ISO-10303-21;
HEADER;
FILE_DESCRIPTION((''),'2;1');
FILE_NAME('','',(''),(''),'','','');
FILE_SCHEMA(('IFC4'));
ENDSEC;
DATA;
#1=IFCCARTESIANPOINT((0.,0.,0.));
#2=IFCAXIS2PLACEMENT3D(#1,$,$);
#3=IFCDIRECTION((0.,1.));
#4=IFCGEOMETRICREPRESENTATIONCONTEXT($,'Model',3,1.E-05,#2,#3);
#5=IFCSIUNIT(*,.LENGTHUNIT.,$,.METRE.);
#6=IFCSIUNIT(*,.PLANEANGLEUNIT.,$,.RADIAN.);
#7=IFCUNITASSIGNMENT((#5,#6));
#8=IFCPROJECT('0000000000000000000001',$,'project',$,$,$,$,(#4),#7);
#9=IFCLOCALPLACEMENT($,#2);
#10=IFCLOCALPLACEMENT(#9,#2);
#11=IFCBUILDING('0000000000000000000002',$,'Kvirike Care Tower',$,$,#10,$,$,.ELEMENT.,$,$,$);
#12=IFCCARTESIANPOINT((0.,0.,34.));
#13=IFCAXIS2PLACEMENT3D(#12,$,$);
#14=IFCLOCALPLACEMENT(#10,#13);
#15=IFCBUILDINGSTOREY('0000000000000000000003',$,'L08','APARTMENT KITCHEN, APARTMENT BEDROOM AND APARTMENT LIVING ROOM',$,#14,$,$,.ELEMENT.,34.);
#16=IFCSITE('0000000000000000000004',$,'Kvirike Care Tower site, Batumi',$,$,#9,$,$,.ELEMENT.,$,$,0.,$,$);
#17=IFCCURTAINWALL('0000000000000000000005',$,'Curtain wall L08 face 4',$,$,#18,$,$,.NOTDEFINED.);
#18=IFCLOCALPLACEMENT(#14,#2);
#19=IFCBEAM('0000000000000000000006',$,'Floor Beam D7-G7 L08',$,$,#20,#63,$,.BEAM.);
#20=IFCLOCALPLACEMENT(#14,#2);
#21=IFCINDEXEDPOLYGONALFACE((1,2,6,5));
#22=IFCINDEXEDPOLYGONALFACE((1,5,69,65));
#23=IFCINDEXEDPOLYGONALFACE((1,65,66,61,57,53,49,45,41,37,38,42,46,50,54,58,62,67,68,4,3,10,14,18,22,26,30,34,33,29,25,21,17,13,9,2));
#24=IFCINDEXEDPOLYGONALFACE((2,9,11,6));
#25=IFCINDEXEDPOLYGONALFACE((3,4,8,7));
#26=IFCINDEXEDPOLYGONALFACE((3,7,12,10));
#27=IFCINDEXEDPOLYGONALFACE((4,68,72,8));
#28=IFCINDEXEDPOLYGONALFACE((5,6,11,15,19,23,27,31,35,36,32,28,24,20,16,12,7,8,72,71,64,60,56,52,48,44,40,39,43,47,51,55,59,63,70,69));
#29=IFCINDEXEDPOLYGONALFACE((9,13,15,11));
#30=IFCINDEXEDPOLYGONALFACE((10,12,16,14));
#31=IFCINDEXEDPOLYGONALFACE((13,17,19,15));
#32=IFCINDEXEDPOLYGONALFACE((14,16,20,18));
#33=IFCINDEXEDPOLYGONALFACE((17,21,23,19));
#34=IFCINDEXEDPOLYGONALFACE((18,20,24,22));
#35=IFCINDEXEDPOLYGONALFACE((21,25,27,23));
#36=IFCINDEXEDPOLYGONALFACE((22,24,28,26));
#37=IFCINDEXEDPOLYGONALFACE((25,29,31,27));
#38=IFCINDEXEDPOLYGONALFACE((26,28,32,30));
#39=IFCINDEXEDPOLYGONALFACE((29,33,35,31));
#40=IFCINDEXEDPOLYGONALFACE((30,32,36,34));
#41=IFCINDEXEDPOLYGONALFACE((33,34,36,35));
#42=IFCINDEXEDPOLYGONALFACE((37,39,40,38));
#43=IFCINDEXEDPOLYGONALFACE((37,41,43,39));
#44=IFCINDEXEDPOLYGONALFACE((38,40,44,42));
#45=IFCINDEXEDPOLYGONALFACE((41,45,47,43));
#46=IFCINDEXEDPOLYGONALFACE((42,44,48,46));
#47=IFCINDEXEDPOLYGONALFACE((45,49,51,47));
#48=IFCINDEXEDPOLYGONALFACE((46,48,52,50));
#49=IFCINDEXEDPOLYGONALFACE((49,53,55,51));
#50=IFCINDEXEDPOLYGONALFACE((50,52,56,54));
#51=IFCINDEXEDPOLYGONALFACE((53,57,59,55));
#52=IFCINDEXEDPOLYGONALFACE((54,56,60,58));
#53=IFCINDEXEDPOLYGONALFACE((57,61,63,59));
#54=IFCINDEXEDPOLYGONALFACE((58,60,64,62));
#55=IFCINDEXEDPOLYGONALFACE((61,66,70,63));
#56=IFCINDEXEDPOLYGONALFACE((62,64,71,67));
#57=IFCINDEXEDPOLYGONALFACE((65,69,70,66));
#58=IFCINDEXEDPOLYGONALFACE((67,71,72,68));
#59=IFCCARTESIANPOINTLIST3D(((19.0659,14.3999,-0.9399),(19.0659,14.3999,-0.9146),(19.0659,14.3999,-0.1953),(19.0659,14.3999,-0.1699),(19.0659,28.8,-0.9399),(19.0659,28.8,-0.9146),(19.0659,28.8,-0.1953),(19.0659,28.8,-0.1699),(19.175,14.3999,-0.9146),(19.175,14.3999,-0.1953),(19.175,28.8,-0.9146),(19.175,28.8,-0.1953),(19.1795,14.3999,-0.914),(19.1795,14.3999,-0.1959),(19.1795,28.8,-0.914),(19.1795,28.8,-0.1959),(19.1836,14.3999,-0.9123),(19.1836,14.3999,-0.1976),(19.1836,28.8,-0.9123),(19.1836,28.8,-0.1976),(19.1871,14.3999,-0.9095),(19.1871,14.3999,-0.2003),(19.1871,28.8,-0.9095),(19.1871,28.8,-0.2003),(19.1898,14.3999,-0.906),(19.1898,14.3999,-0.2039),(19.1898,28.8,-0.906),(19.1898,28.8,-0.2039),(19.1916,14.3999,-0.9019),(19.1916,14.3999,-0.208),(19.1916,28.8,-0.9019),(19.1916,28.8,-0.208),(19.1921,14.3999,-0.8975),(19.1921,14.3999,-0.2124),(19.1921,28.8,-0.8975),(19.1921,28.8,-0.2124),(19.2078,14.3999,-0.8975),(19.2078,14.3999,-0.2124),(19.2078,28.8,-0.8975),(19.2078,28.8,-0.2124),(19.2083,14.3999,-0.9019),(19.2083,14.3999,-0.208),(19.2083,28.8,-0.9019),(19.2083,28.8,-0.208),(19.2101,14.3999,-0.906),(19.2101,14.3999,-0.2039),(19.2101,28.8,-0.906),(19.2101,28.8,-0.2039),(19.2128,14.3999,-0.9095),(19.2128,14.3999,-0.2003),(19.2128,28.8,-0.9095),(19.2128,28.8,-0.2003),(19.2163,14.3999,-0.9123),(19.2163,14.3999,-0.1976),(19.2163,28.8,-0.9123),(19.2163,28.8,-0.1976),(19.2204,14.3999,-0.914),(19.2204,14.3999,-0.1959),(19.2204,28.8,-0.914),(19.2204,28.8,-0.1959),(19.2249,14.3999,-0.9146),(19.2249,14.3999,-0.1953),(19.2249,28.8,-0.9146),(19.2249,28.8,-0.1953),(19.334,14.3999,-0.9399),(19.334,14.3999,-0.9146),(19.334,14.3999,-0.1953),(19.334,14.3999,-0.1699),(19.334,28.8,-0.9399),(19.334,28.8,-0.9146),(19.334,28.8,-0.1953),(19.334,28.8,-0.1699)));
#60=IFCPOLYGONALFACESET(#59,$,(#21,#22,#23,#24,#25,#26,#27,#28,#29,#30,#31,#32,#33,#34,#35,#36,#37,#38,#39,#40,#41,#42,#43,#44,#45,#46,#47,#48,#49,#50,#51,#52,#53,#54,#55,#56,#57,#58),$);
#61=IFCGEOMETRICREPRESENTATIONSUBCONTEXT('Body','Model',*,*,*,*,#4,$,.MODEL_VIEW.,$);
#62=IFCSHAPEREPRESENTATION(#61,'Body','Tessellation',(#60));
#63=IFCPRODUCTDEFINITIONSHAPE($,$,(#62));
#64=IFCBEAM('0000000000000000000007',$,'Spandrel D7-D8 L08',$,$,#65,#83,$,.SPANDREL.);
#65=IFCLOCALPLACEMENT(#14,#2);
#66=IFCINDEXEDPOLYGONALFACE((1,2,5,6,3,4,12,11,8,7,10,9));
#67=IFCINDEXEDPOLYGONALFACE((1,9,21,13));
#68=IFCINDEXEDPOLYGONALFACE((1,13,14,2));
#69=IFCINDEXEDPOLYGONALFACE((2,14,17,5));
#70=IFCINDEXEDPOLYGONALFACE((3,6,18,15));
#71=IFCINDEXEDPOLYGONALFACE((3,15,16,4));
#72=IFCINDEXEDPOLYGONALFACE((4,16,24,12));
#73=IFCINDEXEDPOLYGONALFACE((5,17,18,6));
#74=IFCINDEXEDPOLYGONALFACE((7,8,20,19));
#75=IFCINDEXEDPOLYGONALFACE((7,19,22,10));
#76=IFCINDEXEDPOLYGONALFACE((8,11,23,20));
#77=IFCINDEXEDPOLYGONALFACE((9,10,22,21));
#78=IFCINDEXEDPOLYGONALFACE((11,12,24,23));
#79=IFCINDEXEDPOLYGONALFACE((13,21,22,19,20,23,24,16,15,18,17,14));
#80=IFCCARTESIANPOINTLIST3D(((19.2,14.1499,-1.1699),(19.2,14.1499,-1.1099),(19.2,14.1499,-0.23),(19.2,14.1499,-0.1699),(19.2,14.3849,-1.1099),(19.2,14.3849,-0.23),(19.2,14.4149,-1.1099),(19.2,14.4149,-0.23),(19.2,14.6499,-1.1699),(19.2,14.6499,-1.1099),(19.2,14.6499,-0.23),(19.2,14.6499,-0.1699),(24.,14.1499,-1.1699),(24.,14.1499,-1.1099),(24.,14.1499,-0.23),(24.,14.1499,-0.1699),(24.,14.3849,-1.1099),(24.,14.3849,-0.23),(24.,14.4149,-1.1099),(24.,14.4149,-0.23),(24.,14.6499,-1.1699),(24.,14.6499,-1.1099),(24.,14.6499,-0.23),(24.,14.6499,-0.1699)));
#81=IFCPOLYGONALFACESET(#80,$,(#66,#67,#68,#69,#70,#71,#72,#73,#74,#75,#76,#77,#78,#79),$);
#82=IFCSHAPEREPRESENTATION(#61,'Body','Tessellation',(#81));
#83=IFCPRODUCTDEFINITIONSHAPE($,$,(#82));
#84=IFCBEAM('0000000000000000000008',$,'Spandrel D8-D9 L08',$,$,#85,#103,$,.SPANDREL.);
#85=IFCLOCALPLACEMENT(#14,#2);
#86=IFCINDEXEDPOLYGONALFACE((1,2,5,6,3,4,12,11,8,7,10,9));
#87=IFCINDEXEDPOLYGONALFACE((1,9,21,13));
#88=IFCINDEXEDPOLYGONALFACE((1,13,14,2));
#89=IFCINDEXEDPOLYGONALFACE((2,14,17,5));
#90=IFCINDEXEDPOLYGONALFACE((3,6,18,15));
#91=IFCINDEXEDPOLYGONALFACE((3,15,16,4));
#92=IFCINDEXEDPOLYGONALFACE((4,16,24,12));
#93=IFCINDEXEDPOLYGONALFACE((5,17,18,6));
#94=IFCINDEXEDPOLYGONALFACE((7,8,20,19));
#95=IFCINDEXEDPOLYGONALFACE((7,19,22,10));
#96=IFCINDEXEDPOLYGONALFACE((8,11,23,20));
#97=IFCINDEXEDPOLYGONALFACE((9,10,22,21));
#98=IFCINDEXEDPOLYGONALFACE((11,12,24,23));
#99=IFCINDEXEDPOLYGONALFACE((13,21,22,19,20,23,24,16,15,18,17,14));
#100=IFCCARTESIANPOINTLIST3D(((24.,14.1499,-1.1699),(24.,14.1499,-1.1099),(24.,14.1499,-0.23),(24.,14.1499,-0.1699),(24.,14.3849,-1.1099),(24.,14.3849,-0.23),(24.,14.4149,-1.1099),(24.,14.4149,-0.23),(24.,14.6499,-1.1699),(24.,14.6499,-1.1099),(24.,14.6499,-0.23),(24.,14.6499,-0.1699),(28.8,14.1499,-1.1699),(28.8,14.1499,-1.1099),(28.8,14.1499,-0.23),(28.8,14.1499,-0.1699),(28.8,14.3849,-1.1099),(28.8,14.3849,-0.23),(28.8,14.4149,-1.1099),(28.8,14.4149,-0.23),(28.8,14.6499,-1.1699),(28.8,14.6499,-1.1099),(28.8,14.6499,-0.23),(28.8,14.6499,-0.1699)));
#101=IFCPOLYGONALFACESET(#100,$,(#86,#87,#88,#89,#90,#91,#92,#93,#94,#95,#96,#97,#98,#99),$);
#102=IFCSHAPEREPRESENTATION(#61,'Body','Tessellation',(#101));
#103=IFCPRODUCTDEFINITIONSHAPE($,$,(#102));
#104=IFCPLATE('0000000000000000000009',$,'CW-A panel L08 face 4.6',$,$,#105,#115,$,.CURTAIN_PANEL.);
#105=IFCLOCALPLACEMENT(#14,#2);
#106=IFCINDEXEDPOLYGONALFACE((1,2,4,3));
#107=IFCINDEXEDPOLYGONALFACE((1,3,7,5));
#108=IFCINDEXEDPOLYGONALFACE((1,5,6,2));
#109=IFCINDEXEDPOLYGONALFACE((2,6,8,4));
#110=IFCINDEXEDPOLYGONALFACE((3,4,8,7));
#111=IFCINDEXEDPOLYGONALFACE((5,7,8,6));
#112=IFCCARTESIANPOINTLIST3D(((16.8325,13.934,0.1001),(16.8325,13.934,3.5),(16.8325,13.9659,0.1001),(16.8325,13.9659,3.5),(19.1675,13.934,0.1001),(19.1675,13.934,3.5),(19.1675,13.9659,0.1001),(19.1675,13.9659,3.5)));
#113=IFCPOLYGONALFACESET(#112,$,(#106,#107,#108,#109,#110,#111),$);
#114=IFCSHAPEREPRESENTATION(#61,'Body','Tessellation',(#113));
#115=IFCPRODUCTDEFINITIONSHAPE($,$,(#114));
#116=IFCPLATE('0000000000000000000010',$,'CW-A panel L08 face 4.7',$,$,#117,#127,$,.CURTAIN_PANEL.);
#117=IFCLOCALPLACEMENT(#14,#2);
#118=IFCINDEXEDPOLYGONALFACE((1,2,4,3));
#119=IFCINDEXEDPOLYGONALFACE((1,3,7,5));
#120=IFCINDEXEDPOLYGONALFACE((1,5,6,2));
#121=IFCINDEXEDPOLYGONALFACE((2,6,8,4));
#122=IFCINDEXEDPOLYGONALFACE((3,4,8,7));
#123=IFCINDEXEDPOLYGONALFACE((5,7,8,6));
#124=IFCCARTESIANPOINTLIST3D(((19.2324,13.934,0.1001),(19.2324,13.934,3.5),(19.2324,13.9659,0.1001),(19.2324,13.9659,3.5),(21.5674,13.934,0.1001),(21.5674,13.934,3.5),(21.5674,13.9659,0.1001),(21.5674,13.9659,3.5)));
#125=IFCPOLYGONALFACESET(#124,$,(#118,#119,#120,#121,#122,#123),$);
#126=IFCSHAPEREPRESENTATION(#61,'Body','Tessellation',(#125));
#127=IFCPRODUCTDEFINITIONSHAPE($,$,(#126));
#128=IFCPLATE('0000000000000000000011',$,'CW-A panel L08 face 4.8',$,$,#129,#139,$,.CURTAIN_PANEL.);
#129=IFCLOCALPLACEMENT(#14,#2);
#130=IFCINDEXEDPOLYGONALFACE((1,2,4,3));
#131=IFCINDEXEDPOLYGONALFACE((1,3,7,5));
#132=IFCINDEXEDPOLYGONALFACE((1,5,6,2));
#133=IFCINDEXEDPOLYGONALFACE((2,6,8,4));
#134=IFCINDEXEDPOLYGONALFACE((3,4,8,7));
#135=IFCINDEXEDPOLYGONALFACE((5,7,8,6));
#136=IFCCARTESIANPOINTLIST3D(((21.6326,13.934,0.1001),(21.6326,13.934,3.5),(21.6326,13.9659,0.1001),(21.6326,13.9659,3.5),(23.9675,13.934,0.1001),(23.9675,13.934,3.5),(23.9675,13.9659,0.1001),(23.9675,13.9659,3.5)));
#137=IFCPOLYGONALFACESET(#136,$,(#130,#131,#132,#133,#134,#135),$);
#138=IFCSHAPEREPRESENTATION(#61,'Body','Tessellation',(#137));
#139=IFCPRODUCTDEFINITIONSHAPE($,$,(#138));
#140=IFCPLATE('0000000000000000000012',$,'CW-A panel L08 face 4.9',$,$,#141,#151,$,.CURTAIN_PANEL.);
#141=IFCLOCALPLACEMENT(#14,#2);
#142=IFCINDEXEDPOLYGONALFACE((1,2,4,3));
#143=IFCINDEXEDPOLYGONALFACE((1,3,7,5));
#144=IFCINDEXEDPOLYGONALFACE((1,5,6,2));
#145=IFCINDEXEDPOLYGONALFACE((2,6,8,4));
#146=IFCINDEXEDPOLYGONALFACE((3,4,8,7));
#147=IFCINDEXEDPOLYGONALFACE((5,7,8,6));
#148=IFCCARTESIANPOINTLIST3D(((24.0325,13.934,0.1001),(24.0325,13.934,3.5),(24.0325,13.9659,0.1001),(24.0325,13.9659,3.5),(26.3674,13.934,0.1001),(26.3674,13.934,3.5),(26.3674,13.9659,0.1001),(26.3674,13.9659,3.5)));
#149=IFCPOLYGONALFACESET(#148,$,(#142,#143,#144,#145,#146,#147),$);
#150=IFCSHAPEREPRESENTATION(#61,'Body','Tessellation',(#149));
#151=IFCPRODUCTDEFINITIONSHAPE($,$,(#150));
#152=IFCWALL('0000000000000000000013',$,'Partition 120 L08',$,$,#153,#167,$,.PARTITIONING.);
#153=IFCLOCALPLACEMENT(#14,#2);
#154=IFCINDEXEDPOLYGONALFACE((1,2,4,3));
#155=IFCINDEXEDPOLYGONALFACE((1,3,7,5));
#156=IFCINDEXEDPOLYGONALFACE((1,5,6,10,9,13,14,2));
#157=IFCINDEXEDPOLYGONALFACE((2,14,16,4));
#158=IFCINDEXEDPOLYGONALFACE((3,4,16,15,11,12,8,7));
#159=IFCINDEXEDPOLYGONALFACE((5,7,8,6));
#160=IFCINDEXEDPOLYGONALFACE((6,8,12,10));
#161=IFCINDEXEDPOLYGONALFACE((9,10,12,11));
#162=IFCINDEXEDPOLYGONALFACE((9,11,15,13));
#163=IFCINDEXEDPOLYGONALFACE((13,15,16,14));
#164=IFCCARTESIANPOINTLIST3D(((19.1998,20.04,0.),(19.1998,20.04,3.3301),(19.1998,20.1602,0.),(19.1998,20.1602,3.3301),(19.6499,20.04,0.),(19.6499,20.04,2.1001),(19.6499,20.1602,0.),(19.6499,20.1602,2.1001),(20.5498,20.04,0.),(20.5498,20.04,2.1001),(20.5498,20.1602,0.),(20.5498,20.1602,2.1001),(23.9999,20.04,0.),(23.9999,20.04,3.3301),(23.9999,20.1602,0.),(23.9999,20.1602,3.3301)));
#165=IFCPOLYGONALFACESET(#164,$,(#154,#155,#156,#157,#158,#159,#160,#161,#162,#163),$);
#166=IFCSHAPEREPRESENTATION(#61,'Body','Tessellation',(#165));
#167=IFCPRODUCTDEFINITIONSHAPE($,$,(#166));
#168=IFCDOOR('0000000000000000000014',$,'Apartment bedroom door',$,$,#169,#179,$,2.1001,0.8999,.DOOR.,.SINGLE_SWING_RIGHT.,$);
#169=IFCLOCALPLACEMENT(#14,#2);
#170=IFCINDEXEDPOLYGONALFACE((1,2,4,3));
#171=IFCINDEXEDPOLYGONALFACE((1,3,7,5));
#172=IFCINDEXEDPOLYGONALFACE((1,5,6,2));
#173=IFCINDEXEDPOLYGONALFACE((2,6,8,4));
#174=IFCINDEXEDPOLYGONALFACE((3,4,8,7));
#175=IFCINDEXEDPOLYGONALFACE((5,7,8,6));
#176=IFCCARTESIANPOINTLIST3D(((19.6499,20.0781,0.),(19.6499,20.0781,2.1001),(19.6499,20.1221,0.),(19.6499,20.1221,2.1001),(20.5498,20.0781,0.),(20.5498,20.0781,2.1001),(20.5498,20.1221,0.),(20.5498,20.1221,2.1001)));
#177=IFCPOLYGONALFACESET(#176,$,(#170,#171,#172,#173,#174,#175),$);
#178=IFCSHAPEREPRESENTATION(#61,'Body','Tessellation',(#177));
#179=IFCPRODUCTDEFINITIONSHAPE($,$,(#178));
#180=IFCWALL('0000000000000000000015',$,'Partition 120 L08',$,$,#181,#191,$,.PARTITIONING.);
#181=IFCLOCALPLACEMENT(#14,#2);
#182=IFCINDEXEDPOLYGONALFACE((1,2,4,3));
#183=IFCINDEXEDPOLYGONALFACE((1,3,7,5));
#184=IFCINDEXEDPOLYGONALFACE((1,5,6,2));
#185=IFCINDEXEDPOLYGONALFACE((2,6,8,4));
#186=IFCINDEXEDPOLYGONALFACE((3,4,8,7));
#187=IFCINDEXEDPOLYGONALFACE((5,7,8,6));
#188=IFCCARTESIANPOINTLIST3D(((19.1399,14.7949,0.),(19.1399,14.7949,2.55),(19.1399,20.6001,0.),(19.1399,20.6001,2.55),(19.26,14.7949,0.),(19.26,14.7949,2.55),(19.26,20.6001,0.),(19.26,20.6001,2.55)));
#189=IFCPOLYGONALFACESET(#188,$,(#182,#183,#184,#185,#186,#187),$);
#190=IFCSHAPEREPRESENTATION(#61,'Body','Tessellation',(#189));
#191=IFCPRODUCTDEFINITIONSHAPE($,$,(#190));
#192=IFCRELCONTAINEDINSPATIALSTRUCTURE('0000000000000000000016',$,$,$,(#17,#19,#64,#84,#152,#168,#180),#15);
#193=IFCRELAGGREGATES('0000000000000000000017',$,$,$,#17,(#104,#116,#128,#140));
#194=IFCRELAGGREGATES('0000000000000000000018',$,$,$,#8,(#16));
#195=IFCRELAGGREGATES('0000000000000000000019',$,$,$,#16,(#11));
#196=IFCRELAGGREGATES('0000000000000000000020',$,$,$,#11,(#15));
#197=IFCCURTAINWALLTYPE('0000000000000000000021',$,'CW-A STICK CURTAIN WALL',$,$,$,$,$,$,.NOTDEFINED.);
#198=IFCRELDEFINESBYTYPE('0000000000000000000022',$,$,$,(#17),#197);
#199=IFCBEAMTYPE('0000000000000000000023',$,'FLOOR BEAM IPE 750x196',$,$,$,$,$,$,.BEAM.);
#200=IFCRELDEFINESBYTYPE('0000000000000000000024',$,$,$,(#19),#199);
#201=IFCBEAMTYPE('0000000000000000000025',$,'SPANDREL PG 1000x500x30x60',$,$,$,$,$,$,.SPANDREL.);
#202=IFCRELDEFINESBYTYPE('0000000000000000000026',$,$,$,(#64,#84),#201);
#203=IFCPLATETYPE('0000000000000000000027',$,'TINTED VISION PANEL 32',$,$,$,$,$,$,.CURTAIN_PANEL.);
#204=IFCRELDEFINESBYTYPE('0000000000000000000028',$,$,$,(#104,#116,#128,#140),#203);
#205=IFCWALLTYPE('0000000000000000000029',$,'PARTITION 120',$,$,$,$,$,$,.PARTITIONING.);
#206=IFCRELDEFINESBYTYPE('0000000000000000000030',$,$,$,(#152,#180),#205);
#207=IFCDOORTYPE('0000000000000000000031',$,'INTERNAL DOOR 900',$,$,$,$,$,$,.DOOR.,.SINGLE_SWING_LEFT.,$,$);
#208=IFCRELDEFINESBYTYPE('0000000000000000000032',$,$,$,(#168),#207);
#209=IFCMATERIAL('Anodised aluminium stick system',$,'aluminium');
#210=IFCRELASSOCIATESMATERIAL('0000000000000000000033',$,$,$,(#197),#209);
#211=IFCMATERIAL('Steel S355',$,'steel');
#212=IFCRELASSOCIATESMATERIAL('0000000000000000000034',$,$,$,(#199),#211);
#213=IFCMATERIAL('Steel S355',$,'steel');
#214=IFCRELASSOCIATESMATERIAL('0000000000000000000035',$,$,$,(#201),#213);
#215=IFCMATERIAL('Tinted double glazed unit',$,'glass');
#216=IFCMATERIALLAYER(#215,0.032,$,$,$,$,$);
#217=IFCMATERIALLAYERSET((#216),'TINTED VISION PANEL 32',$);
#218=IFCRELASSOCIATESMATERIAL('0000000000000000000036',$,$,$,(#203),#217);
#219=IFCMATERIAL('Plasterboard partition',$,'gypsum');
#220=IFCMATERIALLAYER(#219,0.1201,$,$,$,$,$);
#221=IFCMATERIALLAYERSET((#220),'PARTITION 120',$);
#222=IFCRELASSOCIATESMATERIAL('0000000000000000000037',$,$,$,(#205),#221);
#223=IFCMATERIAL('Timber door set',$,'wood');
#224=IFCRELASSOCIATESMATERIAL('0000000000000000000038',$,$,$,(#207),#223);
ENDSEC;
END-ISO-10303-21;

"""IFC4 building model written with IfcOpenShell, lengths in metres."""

from ifc_helpers import new_model, si_unit, direction, frame, frame_2d, origin, origin_2d, place, context, subcontext, project, spatial, rectangle, i_section, extrude, material, layer, layer_set, material_profile, profile_set, type_object, element, fill, aggregate, save


model = new_model("IFC4")

# Units and contexts
model_context = context("Model", 3, precision=1e-05, world=origin(), true_north=direction((0.0, 1.0)))
body_context = subcontext(model_context, "Body", "Model", "MODEL_VIEW")
ifc_project = project(units=[si_unit("LENGTHUNIT", "METRE"), si_unit("PLANEANGLEUNIT", "RADIAN")], contexts=[model_context])

# Site, building, storey
site_placement = place(None, origin())
site = spatial("IfcSite", under=ifc_project, at=site_placement, Name="Kvirike Care Tower site, Batumi", CompositionType="ELEMENT", RefElevation=0.0)
building_placement = place(site_placement, origin())
building = spatial("IfcBuilding", under=site, at=building_placement, Name="Kvirike Care Tower", CompositionType="ELEMENT")
storey_placement = place(building_placement, frame((0.0, 0.0, 34.0)))
storey = spatial("IfcBuildingStorey", under=building, at=storey_placement, Name="L08", Description="APARTMENT KITCHEN, APARTMENT BEDROOM AND APARTMENT LIVING ROOM", CompositionType="ELEMENT", Elevation=34.0)

# Curtain wall
ifc_material_1 = material(Name="Anodised aluminium stick system", Category="aluminium")
curtain_wall_type = type_object("IfcCurtainWallType", Name="CW-A STICK CURTAIN WALL", PredefinedType="NOTDEFINED", material=ifc_material_1)
curtain_wall_placement = place(storey_placement, origin())
curtain_wall = element("IfcCurtainWall", 1, at=curtain_wall_placement, inside=storey, type_object=curtain_wall_type, Name="Curtain wall L08 face 4", PredefinedType="NOTDEFINED")

# Beams
ifc_material_2 = material(Name="Steel S355", Category="steel")
ifc_material_profile_1 = material_profile(ifc_material_2, i_section(OverallWidth=0.2681, OverallDepth=0.77, WebThickness=0.0156, FlangeThickness=0.0254, FilletRadius=0.0171, at=origin_2d()), Name="IPE 750x196")
ifc_profile_set_1 = profile_set([ifc_material_profile_1], Name="Steel S355")
beam_type_1 = type_object("IfcBeamType", Name="FLOOR BEAM IPE 750x196", PredefinedType="BEAM", material=ifc_profile_set_1)
beam_1_placement = place(storey_placement, frame((19.2, 14.3999, -0.5549), z_axis=(0.0, 1.0, 0.0), x_axis=(-1.0, 0.0, 0.0)))
element("IfcBeam", 2, at=beam_1_placement, inside=storey, type_object=beam_type_1, Name="Floor Beam D7-G7 L08", PredefinedType="BEAM", context=body_context, shape_type="SweptSolid", body=[
    extrude(i_section(OverallWidth=0.2681, OverallDepth=0.77, WebThickness=0.0156, FlangeThickness=0.0254, FilletRadius=0.0171, at=origin_2d()), origin(), (0.0, 0.0, 1.0), 14.4001),
])
ifc_material_3 = material(Name="Steel S355", Category="steel")
ifc_material_profile_2 = material_profile(ifc_material_3, i_section(OverallWidth=0.5, OverallDepth=1.0, WebThickness=0.03, FlangeThickness=0.0601, at=origin_2d()), Name="PG 1000x500x30x60")
ifc_profile_set_2 = profile_set([ifc_material_profile_2], Name="Steel S355")
beam_type_2 = type_object("IfcBeamType", Name="SPANDREL PG 1000x500x30x60", PredefinedType="SPANDREL", material=ifc_profile_set_2)
for number, where, z_axis, x_axis, name in (
    (3, (19.2, 14.3999, -0.6699), (1.0, 0.0, 0.0), (0.0, 1.0, 0.0), "Spandrel D7-D8 L08"),
    (4, (24.0, 14.3999, -0.6699), (1.0, 0.0, 0.0), (0.0, 1.0, 0.0), "Spandrel D8-D9 L08"),
):
    element("IfcBeam", number, at=place(storey_placement, frame(where, z_axis=z_axis, x_axis=x_axis)), inside=storey, type_object=beam_type_2, Name=name, PredefinedType="SPANDREL", context=body_context, shape_type="SweptSolid", body=[
        extrude(i_section(OverallWidth=0.5, OverallDepth=1.0, WebThickness=0.03, FlangeThickness=0.0601, at=origin_2d()), origin(), (0.0, 0.0, 1.0), 4.8),
    ])

# Plates
ifc_material_4 = material(Name="Tinted double glazed unit", Category="glass")
ifc_layer_1 = layer(ifc_material_4, 0.032)
ifc_layer_set_1 = layer_set([ifc_layer_1], Name="TINTED VISION PANEL 32")
plate_type = type_object("IfcPlateType", Name="TINTED VISION PANEL 32", PredefinedType="CURTAIN_PANEL", material=ifc_layer_set_1)
plate_1_placement = place(storey_placement, frame((18.0, 13.95, 0.1001), z_axis=(0.0, 0.0, 1.0), x_axis=(1.0, 0.0, 0.0)))
plate_1 = element("IfcPlate", 5, at=plate_1_placement, type_object=plate_type, Name="CW-A panel L08 face 4.6", PredefinedType="CURTAIN_PANEL", context=body_context, shape_type="SweptSolid", body=[
    extrude(rectangle(XDim=2.335, YDim=0.032, at=origin_2d()), origin(), (0.0, 0.0, 1.0), 3.3999),
])
plate_2_placement = place(storey_placement, frame((20.3999, 13.95, 0.1001), z_axis=(0.0, 0.0, 1.0), x_axis=(1.0, 0.0, 0.0)))
plate_2 = element("IfcPlate", 6, at=plate_2_placement, type_object=plate_type, Name="CW-A panel L08 face 4.7", PredefinedType="CURTAIN_PANEL", context=body_context, shape_type="SweptSolid", body=[
    extrude(rectangle(XDim=2.335, YDim=0.032, at=origin_2d()), origin(), (0.0, 0.0, 1.0), 3.3999),
])
plate_3_placement = place(storey_placement, frame((22.8, 13.95, 0.1001), z_axis=(0.0, 0.0, 1.0), x_axis=(1.0, 0.0, 0.0)))
plate_3 = element("IfcPlate", 7, at=plate_3_placement, type_object=plate_type, Name="CW-A panel L08 face 4.8", PredefinedType="CURTAIN_PANEL", context=body_context, shape_type="SweptSolid", body=[
    extrude(rectangle(XDim=2.335, YDim=0.032, at=origin_2d()), origin(), (0.0, 0.0, 1.0), 3.3999),
])
plate_4_placement = place(storey_placement, frame((25.2, 13.95, 0.1001), z_axis=(0.0, 0.0, 1.0), x_axis=(1.0, 0.0, 0.0)))
plate_4 = element("IfcPlate", 8, at=plate_4_placement, type_object=plate_type, Name="CW-A panel L08 face 4.9", PredefinedType="CURTAIN_PANEL", context=body_context, shape_type="SweptSolid", body=[
    extrude(rectangle(XDim=2.335, YDim=0.032, at=origin_2d()), origin(), (0.0, 0.0, 1.0), 3.3999),
])
aggregate(curtain_wall, [plate_1, plate_2, plate_3, plate_4])

# Wall, opening, door
ifc_material_5 = material(Name="Plasterboard partition", Category="gypsum")
ifc_layer_2 = layer(ifc_material_5, 0.1201)
ifc_layer_set_2 = layer_set([ifc_layer_2], Name="PARTITION 120")
wall_type_1 = type_object("IfcWallType", Name="PARTITION 120", PredefinedType="PARTITIONING", material=ifc_layer_set_2)
wall_1_placement = place(storey_placement, frame((19.2, 20.1001, 0.0), z_axis=(0.0, 0.0, 1.0), x_axis=(1.0, 0.0, 0.0)))
wall_1 = element("IfcWall", 9, at=wall_1_placement, inside=storey, type_object=wall_type_1, Name="Partition 120 L08", PredefinedType="PARTITIONING", context=body_context, shape_type="SweptSolid", body=[
    extrude(rectangle(XDim=4.8, YDim=0.1201, at=frame_2d((2.3999, 0.0))), origin(), (0.0, 0.0, 1.0), 3.3301),
])
opening_placement = place(wall_1_placement, frame((0.45, 0.0, 0.0)))
opening = element("IfcOpeningElement", 10, at=opening_placement, cuts=wall_1, PredefinedType="OPENING", context=body_context, shape_type="SweptSolid", body=[
    extrude(rectangle(XDim=0.8999, YDim=2.1001, at=frame_2d((0.45, 1.05))), frame((0.0, 0.0706, 0.0), z_axis=(0.0, -1.0, 0.0), x_axis=(1.0, 0.0, 0.0)), (0.0, 0.0, 1.0), 0.1411),
])
ifc_material_6 = material(Name="Timber door set", Category="wood")
door_type = type_object("IfcDoorType", Name="INTERNAL DOOR 900", OperationType="SINGLE_SWING_LEFT", PredefinedType="DOOR", material=ifc_material_6)
door_placement = place(opening_placement, origin())
door = element("IfcDoor", 11, at=door_placement, inside=storey, type_object=door_type, Name="Apartment bedroom door", OperationType="SINGLE_SWING_RIGHT", OverallHeight=2.1001, OverallWidth=0.8999, PredefinedType="DOOR", context=body_context, shape_type="SweptSolid", body=[
    extrude(rectangle(XDim=0.8999, YDim=2.1001, at=frame_2d((0.45, 1.05))), frame((0.0, 0.022, 0.0), z_axis=(0.0, -1.0, 0.0), x_axis=(1.0, 0.0, 0.0)), (0.0, 0.0, 1.0), 0.0439),
])
fill(opening, door)

# Wall
wall_2_placement = place(storey_placement, frame((19.2, 14.7949, 0.0), z_axis=(0.0, 0.0, 1.0), x_axis=(0.0, 1.0, 0.0)))
element("IfcWall", 12, at=wall_2_placement, inside=storey, type_object=wall_type_1, Name="Partition 120 L08", PredefinedType="PARTITIONING", context=body_context, shape_type="SweptSolid", body=[
    extrude(rectangle(XDim=5.8052, YDim=0.1201, at=frame_2d((2.9026, 0.0))), origin(), (0.0, 0.0, 1.0), 2.55),
])

save(model, "model.ifc")
